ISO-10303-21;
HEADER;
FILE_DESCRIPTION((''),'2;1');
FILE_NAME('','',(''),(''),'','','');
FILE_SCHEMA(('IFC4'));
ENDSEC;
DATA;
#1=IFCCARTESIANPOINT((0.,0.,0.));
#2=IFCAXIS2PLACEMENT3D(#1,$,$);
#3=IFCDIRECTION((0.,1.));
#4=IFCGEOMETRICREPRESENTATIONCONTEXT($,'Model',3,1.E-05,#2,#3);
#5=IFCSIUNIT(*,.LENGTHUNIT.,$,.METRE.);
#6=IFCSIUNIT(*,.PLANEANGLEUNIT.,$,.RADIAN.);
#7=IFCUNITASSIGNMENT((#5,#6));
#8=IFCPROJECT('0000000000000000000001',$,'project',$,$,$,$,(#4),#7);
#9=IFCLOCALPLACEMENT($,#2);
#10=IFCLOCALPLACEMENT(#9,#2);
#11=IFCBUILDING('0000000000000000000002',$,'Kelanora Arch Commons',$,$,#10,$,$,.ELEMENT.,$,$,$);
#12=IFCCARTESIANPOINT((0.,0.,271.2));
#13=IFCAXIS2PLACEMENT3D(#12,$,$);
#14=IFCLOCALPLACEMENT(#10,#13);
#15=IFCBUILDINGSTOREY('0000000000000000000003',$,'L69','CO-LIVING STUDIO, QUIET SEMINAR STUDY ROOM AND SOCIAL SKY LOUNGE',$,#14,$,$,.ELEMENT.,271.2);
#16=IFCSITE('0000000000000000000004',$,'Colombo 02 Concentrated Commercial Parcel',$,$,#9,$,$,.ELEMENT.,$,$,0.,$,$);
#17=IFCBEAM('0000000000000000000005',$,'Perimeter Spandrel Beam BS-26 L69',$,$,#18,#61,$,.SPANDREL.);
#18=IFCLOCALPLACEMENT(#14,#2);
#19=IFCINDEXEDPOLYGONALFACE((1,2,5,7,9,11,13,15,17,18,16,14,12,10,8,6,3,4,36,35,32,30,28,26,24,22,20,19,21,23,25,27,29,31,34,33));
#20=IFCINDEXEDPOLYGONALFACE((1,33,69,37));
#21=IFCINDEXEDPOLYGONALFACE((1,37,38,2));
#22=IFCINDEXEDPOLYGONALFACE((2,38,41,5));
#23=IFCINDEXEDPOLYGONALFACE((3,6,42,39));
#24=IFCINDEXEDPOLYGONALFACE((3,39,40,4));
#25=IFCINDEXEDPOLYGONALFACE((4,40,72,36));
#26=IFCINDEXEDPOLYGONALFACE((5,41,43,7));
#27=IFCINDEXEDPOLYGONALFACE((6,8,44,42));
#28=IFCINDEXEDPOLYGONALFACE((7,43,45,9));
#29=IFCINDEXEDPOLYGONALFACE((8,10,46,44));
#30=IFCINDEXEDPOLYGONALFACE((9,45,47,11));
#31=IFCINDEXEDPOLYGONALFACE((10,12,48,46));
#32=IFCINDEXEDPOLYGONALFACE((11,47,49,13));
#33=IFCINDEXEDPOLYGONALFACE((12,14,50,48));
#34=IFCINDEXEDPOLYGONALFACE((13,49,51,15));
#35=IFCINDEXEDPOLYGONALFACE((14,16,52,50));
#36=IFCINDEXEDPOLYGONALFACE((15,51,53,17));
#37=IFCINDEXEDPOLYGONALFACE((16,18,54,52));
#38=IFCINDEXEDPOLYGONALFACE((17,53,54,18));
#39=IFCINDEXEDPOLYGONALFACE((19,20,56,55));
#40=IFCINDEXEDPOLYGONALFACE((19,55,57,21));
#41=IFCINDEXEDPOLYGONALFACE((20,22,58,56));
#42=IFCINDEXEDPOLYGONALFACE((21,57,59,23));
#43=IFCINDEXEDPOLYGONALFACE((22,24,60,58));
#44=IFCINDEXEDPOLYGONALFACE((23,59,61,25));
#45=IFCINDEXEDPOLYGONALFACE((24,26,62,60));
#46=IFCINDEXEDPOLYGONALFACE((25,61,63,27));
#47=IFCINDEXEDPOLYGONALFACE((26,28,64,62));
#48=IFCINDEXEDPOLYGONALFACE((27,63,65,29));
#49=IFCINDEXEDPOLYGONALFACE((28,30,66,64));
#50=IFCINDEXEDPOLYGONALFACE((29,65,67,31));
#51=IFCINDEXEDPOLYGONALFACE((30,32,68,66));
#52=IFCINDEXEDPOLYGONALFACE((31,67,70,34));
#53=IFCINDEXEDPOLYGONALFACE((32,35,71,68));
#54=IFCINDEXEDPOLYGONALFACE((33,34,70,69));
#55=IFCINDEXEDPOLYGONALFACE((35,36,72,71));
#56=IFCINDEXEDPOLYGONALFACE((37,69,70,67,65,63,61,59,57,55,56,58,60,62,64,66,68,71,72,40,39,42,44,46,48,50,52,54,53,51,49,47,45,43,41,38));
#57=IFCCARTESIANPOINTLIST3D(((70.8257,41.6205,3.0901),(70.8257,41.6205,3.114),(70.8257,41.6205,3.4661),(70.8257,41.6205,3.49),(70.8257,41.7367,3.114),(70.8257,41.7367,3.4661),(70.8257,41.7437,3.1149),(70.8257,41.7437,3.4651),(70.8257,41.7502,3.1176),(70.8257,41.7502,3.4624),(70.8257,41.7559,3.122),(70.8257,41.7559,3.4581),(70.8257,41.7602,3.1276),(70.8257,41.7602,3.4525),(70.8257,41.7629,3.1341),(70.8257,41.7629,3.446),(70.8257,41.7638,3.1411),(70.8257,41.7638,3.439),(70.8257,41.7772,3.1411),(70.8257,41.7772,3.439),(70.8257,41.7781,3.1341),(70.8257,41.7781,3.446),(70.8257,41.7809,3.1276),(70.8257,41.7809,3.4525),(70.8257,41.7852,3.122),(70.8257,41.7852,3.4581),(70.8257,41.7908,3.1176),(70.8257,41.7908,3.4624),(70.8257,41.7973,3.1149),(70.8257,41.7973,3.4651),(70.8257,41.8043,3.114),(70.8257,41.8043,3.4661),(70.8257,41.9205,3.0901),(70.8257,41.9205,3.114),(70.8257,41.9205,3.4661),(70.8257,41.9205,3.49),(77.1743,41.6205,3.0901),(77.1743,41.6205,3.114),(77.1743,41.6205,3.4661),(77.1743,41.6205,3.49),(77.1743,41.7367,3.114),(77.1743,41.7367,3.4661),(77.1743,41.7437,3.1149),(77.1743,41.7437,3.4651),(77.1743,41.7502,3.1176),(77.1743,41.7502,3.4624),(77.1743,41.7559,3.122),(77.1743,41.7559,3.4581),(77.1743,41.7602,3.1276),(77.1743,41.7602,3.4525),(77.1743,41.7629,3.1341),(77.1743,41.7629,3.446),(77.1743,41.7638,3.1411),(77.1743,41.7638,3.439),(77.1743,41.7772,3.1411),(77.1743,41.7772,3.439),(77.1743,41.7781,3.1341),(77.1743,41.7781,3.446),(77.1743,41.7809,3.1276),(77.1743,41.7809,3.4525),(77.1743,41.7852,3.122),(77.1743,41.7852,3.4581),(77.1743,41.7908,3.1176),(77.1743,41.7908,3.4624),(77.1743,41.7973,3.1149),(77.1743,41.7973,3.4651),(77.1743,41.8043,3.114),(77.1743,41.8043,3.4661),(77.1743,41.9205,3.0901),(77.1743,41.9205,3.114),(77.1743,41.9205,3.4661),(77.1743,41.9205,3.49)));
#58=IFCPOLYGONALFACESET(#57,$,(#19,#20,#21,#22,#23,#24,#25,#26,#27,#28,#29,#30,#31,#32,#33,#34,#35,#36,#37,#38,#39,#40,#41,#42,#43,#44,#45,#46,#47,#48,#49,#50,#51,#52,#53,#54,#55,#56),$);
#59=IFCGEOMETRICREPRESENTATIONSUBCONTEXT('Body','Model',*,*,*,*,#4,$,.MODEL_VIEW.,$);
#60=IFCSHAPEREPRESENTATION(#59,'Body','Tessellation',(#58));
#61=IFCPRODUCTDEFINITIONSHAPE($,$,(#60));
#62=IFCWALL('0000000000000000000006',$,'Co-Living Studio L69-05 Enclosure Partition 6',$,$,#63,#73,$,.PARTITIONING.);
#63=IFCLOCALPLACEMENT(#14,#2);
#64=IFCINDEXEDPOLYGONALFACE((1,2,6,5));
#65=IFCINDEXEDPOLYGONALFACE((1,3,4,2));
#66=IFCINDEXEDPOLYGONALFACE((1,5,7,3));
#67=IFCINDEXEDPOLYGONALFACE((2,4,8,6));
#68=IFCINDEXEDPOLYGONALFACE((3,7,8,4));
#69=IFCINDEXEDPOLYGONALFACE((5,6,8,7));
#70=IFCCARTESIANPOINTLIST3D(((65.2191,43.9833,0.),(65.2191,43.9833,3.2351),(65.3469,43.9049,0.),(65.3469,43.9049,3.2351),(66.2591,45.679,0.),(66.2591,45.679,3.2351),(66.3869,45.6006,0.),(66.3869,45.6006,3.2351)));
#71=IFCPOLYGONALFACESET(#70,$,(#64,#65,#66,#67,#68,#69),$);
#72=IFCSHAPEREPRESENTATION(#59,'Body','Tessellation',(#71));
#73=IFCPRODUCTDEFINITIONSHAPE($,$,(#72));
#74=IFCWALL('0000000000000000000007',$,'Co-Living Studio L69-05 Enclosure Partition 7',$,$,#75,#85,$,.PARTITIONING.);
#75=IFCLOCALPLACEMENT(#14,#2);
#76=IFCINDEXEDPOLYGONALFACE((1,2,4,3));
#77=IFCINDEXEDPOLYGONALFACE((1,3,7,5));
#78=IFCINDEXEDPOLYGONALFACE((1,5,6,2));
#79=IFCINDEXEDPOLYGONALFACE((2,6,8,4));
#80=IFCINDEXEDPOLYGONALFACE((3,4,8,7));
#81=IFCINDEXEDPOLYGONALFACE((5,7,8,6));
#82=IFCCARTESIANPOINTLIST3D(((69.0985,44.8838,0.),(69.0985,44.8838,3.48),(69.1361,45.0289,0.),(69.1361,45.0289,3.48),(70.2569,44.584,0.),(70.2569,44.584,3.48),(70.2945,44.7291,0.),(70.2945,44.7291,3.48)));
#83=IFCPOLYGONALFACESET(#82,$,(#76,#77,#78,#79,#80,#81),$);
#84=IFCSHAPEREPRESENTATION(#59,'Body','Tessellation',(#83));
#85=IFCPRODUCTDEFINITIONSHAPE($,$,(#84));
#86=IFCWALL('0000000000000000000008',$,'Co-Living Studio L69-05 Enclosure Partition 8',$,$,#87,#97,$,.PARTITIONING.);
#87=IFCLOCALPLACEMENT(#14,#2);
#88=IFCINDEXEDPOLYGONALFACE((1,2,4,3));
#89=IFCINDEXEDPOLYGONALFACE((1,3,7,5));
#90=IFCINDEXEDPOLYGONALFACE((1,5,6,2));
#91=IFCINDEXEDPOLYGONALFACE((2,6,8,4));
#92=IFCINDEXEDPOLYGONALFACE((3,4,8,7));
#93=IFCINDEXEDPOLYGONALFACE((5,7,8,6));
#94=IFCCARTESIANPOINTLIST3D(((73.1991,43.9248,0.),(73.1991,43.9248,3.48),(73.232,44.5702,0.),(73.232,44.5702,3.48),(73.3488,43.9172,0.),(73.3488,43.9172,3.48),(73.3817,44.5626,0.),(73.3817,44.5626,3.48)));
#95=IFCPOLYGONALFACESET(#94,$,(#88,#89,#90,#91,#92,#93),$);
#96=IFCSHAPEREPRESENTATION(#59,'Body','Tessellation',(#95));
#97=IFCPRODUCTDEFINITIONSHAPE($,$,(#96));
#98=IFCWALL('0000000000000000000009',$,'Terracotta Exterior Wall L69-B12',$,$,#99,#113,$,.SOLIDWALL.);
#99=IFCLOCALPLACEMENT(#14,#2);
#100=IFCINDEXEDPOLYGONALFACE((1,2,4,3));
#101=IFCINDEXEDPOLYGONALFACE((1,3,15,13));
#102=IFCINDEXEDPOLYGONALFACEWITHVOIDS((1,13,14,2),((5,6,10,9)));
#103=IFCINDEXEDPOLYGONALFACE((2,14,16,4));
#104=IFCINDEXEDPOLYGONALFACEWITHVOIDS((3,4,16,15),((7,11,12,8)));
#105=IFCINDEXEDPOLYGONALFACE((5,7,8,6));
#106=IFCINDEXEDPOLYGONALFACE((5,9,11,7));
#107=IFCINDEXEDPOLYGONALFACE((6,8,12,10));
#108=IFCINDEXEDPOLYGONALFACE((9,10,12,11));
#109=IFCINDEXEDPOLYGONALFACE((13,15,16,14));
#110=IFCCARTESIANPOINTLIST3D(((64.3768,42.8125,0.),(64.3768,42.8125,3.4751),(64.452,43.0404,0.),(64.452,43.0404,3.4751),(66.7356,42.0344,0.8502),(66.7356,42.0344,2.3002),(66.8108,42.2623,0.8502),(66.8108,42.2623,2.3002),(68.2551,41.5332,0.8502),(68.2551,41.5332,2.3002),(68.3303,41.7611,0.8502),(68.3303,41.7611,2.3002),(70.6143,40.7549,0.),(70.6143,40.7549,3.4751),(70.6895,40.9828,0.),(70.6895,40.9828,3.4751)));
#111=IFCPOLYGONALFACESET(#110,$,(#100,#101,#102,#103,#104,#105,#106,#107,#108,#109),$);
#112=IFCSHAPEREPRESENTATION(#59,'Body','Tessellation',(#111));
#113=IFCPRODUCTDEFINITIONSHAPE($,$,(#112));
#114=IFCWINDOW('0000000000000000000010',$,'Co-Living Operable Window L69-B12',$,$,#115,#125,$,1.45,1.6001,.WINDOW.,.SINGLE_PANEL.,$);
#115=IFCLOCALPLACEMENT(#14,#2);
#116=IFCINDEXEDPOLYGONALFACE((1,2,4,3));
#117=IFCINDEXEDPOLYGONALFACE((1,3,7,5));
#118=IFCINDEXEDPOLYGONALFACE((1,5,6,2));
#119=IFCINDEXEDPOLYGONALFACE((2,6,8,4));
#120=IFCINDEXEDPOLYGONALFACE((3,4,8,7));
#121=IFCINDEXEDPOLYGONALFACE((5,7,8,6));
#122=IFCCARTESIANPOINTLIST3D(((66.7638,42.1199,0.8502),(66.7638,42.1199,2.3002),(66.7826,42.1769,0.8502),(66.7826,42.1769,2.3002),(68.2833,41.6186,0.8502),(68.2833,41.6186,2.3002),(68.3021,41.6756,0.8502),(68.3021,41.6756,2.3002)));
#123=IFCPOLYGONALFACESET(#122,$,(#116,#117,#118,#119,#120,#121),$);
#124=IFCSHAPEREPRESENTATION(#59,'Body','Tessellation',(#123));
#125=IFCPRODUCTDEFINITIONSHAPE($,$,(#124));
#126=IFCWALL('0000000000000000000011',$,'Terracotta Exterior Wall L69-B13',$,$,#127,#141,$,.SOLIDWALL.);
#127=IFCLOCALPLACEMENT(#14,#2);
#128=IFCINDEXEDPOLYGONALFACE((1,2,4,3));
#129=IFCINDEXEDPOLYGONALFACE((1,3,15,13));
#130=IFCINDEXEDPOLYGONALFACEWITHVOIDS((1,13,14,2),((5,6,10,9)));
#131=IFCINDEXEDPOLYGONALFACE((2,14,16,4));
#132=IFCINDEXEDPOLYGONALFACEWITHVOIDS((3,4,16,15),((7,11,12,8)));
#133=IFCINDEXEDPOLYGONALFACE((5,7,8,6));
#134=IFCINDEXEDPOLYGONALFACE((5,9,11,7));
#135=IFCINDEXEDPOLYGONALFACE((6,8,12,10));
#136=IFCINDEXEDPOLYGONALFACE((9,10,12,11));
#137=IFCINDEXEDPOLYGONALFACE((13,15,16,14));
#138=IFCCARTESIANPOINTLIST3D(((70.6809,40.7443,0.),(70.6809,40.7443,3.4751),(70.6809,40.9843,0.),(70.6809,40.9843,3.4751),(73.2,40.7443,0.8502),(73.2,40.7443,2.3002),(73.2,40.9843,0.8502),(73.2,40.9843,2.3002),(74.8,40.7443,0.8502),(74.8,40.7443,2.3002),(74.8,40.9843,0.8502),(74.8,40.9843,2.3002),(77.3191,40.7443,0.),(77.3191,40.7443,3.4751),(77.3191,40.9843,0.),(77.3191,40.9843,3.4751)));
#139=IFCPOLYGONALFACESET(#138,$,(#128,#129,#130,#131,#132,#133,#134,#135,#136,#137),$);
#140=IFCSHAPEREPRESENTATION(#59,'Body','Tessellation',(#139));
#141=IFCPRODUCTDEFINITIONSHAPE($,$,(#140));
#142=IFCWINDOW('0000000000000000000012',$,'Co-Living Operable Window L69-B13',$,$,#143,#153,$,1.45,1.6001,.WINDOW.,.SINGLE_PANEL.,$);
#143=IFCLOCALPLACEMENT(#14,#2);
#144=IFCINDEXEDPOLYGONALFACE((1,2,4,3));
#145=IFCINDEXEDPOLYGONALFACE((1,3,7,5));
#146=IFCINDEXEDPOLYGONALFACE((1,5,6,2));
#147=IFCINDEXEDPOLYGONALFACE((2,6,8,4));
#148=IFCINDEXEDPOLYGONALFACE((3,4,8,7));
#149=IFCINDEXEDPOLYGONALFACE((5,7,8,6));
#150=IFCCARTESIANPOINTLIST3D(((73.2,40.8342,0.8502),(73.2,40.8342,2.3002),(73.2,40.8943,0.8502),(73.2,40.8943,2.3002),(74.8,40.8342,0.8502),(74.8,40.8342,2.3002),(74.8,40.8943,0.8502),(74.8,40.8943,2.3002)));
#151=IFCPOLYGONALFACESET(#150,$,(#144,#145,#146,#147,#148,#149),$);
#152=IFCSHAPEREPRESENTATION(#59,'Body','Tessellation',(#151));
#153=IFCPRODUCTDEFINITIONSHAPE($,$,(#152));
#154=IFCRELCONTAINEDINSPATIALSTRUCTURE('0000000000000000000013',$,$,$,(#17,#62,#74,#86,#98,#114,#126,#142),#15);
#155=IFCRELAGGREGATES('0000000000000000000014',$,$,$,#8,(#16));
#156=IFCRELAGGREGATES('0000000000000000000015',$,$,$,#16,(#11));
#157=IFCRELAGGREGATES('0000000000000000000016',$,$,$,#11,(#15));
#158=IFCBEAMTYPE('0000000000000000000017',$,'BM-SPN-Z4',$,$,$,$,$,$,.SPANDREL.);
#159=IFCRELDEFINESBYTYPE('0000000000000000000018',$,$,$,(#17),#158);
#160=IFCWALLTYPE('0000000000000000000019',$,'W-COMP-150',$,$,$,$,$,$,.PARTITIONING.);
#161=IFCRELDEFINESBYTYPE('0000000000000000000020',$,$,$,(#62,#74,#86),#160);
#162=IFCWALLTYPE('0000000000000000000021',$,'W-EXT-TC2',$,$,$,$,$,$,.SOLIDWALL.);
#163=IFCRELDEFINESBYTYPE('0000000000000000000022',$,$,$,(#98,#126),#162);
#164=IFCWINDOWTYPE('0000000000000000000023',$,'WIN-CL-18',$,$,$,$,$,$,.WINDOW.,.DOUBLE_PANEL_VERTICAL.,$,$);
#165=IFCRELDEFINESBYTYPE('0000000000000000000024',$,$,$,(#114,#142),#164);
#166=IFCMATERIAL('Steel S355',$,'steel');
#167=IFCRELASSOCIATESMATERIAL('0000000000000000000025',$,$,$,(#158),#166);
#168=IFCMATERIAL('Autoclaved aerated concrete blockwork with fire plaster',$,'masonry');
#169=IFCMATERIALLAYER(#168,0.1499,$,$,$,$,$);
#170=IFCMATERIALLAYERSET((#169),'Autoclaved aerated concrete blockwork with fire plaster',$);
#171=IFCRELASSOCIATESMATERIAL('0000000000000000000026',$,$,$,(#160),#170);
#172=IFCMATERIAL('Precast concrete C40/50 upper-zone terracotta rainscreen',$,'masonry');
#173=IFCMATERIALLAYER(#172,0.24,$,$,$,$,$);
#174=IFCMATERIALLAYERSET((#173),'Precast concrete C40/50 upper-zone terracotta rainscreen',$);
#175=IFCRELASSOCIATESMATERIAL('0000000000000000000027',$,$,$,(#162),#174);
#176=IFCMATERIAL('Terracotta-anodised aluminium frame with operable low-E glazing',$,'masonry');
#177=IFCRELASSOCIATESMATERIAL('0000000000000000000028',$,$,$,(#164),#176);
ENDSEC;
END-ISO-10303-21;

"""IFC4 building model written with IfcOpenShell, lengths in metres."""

from ifc_helpers import new_model, si_unit, direction, frame, frame_2d, origin, origin_2d, place, context, subcontext, project, spatial, rectangle, i_section, extrude, material, layer, layer_set, material_profile, profile_set, type_object, element, fill, save


model = new_model("IFC4")

# Units and contexts
model_context = context("Model", 3, precision=1e-05, world=origin(), true_north=direction((0.0, 1.0)))
body_context = subcontext(model_context, "Body", "Model", "MODEL_VIEW")
ifc_project = project(units=[si_unit("LENGTHUNIT", "METRE"), si_unit("PLANEANGLEUNIT", "RADIAN")], contexts=[model_context])

# Site, building, storey
site_placement = place(None, origin())
site = spatial("IfcSite", under=ifc_project, at=site_placement, Name="Colombo 02 Concentrated Commercial Parcel", CompositionType="ELEMENT", RefElevation=0.0)
building_placement = place(site_placement, origin())
building = spatial("IfcBuilding", under=site, at=building_placement, Name="Kelanora Arch Commons", CompositionType="ELEMENT")
storey_placement = place(building_placement, frame((0.0, 0.0, 271.2)))
storey = spatial("IfcBuildingStorey", under=building, at=storey_placement, Name="L69", Description="CO-LIVING STUDIO, QUIET SEMINAR STUDY ROOM AND SOCIAL SKY LOUNGE", CompositionType="ELEMENT", Elevation=271.2)

# Beam
ifc_material_1 = material(Name="Steel S355", Category="steel")
ifc_material_profile_1 = material_profile(ifc_material_1, i_section(OverallWidth=0.3, OverallDepth=0.3999, WebThickness=0.0134, FlangeThickness=0.0239, FilletRadius=0.0271, at=origin_2d()), Name="HEB400")
ifc_profile_set_1 = profile_set([ifc_material_profile_1], Name="Steel S355")
beam_type_1 = type_object("IfcBeamType", Name="BM-SPN-Z4", PredefinedType="SPANDREL", material=ifc_profile_set_1)
beam_1_placement = place(storey_placement, frame((70.8257, 41.7705, 3.29), z_axis=(1.0, 0.0, 0.0), x_axis=(0.0, 1.0, 0.0)))
element("IfcBeam", 1, at=beam_1_placement, inside=storey, type_object=beam_type_1, Name="Perimeter Spandrel Beam BS-26 L69", PredefinedType="SPANDREL", context=body_context, shape_type="SweptSolid", body=[
    extrude(i_section(OverallWidth=0.3, OverallDepth=0.3999, WebThickness=0.0134, FlangeThickness=0.0239, FilletRadius=0.0271, at=origin_2d()), origin(), (0.0, 0.0, 1.0), 6.3486),
])

# Walls
ifc_material_2 = material(Name="Autoclaved aerated concrete blockwork with fire plaster", Category="masonry")
ifc_layer_1 = layer(ifc_material_2, 0.1499)
ifc_layer_set_1 = layer_set([ifc_layer_1], Name="Autoclaved aerated concrete blockwork with fire plaster")
wall_type_1 = type_object("IfcWallType", Name="W-COMP-150", PredefinedType="PARTITIONING", material=ifc_layer_set_1)
wall_1_placement = place(storey_placement, frame((65.283, 43.9441, 0.0), z_axis=(0.0, 0.0, 1.0), x_axis=(0.52281, 0.85245, 0.0)))
element("IfcWall", 2, at=wall_1_placement, inside=storey, type_object=wall_type_1, Name="Co-Living Studio L69-05 Enclosure Partition 6", PredefinedType="PARTITIONING", context=body_context, shape_type="SweptSolid", body=[
    extrude(rectangle(XDim=1.9893, YDim=0.1499, at=frame_2d((0.9946, 0.0))), origin(), (0.0, 0.0, 1.0), 3.2351),
])
wall_2_placement = place(storey_placement, frame((69.1174, 44.9563, 0.0), z_axis=(0.0, 0.0, 1.0), x_axis=(0.968105, -0.250544, 0.0)))
element("IfcWall", 3, at=wall_2_placement, inside=storey, type_object=wall_type_1, Name="Co-Living Studio L69-05 Enclosure Partition 7", PredefinedType="PARTITIONING", context=body_context, shape_type="SweptSolid", body=[
    extrude(rectangle(XDim=1.1965, YDim=0.1499, at=frame_2d((0.5981, 0.0))), origin(), (0.0, 0.0, 1.0), 3.48),
])
wall_3_placement = place(storey_placement, frame((73.2739, 43.9209, 0.0), z_axis=(0.0, 0.0, 1.0), x_axis=(0.050993, 0.998699, 0.0)))
element("IfcWall", 4, at=wall_3_placement, inside=storey, type_object=wall_type_1, Name="Co-Living Studio L69-05 Enclosure Partition 8", PredefinedType="PARTITIONING", context=body_context, shape_type="SweptSolid", body=[
    extrude(rectangle(XDim=0.6462, YDim=0.1499, at=frame_2d((0.3232, 0.0))), origin(), (0.0, 0.0, 1.0), 3.48),
])

# Walls, openings, windows
ifc_material_3 = material(Name="Precast concrete C40/50 upper-zone terracotta rainscreen", Category="masonry")
ifc_layer_2 = layer(ifc_material_3, 0.24)
ifc_layer_set_2 = layer_set([ifc_layer_2], Name="Precast concrete C40/50 upper-zone terracotta rainscreen")
wall_type_2 = type_object("IfcWallType", Name="W-EXT-TC2", PredefinedType="SOLIDWALL", material=ifc_layer_set_2)
wall_4_placement = place(storey_placement, frame((64.4143, 42.9265, 0.0), z_axis=(0.0, 0.0, 1.0), x_axis=(0.949664, -0.313271, 0.0)))
wall_4 = element("IfcWall", 5, at=wall_4_placement, inside=storey, type_object=wall_type_2, Name="Terracotta Exterior Wall L69-B12", PredefinedType="SOLIDWALL", context=body_context, shape_type="SweptSolid", body=[
    extrude(rectangle(XDim=6.5681, YDim=0.24, at=frame_2d((3.2842, 0.0))), origin(), (0.0, 0.0, 1.0), 3.4751),
])
opening_1_placement = place(wall_4_placement, frame((2.4839, 0.0, 0.8501)))
opening_1 = element("IfcOpeningElement", 6, at=opening_1_placement, cuts=wall_4, PredefinedType="OPENING", context=body_context, shape_type="SweptSolid", body=[
    extrude(rectangle(XDim=1.6001, YDim=1.45, at=frame_2d((0.8, 0.7251))), frame((0.0, 0.1299, 0.0), z_axis=(0.0, -1.0, 0.0), x_axis=(1.0, 0.0, 0.0)), (0.0, 0.0, 1.0), 0.26),
])
ifc_material_4 = material(Name="Terracotta-anodised aluminium frame with operable low-E glazing", Category="masonry")
window_type = type_object("IfcWindowType", Name="WIN-CL-18", PartitioningType="DOUBLE_PANEL_VERTICAL", PredefinedType="WINDOW", material=ifc_material_4)
window_1_placement = place(opening_1_placement, origin())
window_1 = element("IfcWindow", 7, at=window_1_placement, inside=storey, type_object=window_type, Name="Co-Living Operable Window L69-B12", OverallHeight=1.45, OverallWidth=1.6001, PartitioningType="SINGLE_PANEL", PredefinedType="WINDOW", context=body_context, shape_type="SweptSolid", body=[
    extrude(rectangle(XDim=1.6001, YDim=1.45, at=frame_2d((0.8, 0.7251))), frame((0.0, 0.03, 0.0), z_axis=(0.0, -1.0, 0.0), x_axis=(1.0, 0.0, 0.0)), (0.0, 0.0, 1.0), 0.0601),
])
fill(opening_1, window_1)
wall_5_placement = place(storey_placement, frame((70.6809, 40.8643, 0.0), z_axis=(0.0, 0.0, 1.0), x_axis=(1.0, 0.0, 0.0)))
wall_5 = element("IfcWall", 8, at=wall_5_placement, inside=storey, type_object=wall_type_2, Name="Terracotta Exterior Wall L69-B13", PredefinedType="SOLIDWALL", context=body_context, shape_type="SweptSolid", body=[
    extrude(rectangle(XDim=6.6382, YDim=0.24, at=frame_2d((3.3191, 0.0))), origin(), (0.0, 0.0, 1.0), 3.4751),
])
opening_2_placement = place(wall_5_placement, frame((2.519, 0.0, 0.8501)))
opening_2 = element("IfcOpeningElement", 9, at=opening_2_placement, cuts=wall_5, PredefinedType="OPENING", context=body_context, shape_type="SweptSolid", body=[
    extrude(rectangle(XDim=1.6001, YDim=1.45, at=frame_2d((0.8, 0.7251))), frame((0.0, 0.1299, 0.0), z_axis=(0.0, -1.0, 0.0), x_axis=(1.0, 0.0, 0.0)), (0.0, 0.0, 1.0), 0.26),
])
window_2_placement = place(opening_2_placement, origin())
window_2 = element("IfcWindow", 10, at=window_2_placement, inside=storey, type_object=window_type, Name="Co-Living Operable Window L69-B13", OverallHeight=1.45, OverallWidth=1.6001, PartitioningType="SINGLE_PANEL", PredefinedType="WINDOW", context=body_context, shape_type="SweptSolid", body=[
    extrude(rectangle(XDim=1.6001, YDim=1.45, at=frame_2d((0.8, 0.7251))), frame((0.0, 0.03, 0.0), z_axis=(0.0, -1.0, 0.0), x_axis=(1.0, 0.0, 0.0)), (0.0, 0.0, 1.0), 0.0601),
])
fill(opening_2, window_2)

save(model, "model.ifc")
